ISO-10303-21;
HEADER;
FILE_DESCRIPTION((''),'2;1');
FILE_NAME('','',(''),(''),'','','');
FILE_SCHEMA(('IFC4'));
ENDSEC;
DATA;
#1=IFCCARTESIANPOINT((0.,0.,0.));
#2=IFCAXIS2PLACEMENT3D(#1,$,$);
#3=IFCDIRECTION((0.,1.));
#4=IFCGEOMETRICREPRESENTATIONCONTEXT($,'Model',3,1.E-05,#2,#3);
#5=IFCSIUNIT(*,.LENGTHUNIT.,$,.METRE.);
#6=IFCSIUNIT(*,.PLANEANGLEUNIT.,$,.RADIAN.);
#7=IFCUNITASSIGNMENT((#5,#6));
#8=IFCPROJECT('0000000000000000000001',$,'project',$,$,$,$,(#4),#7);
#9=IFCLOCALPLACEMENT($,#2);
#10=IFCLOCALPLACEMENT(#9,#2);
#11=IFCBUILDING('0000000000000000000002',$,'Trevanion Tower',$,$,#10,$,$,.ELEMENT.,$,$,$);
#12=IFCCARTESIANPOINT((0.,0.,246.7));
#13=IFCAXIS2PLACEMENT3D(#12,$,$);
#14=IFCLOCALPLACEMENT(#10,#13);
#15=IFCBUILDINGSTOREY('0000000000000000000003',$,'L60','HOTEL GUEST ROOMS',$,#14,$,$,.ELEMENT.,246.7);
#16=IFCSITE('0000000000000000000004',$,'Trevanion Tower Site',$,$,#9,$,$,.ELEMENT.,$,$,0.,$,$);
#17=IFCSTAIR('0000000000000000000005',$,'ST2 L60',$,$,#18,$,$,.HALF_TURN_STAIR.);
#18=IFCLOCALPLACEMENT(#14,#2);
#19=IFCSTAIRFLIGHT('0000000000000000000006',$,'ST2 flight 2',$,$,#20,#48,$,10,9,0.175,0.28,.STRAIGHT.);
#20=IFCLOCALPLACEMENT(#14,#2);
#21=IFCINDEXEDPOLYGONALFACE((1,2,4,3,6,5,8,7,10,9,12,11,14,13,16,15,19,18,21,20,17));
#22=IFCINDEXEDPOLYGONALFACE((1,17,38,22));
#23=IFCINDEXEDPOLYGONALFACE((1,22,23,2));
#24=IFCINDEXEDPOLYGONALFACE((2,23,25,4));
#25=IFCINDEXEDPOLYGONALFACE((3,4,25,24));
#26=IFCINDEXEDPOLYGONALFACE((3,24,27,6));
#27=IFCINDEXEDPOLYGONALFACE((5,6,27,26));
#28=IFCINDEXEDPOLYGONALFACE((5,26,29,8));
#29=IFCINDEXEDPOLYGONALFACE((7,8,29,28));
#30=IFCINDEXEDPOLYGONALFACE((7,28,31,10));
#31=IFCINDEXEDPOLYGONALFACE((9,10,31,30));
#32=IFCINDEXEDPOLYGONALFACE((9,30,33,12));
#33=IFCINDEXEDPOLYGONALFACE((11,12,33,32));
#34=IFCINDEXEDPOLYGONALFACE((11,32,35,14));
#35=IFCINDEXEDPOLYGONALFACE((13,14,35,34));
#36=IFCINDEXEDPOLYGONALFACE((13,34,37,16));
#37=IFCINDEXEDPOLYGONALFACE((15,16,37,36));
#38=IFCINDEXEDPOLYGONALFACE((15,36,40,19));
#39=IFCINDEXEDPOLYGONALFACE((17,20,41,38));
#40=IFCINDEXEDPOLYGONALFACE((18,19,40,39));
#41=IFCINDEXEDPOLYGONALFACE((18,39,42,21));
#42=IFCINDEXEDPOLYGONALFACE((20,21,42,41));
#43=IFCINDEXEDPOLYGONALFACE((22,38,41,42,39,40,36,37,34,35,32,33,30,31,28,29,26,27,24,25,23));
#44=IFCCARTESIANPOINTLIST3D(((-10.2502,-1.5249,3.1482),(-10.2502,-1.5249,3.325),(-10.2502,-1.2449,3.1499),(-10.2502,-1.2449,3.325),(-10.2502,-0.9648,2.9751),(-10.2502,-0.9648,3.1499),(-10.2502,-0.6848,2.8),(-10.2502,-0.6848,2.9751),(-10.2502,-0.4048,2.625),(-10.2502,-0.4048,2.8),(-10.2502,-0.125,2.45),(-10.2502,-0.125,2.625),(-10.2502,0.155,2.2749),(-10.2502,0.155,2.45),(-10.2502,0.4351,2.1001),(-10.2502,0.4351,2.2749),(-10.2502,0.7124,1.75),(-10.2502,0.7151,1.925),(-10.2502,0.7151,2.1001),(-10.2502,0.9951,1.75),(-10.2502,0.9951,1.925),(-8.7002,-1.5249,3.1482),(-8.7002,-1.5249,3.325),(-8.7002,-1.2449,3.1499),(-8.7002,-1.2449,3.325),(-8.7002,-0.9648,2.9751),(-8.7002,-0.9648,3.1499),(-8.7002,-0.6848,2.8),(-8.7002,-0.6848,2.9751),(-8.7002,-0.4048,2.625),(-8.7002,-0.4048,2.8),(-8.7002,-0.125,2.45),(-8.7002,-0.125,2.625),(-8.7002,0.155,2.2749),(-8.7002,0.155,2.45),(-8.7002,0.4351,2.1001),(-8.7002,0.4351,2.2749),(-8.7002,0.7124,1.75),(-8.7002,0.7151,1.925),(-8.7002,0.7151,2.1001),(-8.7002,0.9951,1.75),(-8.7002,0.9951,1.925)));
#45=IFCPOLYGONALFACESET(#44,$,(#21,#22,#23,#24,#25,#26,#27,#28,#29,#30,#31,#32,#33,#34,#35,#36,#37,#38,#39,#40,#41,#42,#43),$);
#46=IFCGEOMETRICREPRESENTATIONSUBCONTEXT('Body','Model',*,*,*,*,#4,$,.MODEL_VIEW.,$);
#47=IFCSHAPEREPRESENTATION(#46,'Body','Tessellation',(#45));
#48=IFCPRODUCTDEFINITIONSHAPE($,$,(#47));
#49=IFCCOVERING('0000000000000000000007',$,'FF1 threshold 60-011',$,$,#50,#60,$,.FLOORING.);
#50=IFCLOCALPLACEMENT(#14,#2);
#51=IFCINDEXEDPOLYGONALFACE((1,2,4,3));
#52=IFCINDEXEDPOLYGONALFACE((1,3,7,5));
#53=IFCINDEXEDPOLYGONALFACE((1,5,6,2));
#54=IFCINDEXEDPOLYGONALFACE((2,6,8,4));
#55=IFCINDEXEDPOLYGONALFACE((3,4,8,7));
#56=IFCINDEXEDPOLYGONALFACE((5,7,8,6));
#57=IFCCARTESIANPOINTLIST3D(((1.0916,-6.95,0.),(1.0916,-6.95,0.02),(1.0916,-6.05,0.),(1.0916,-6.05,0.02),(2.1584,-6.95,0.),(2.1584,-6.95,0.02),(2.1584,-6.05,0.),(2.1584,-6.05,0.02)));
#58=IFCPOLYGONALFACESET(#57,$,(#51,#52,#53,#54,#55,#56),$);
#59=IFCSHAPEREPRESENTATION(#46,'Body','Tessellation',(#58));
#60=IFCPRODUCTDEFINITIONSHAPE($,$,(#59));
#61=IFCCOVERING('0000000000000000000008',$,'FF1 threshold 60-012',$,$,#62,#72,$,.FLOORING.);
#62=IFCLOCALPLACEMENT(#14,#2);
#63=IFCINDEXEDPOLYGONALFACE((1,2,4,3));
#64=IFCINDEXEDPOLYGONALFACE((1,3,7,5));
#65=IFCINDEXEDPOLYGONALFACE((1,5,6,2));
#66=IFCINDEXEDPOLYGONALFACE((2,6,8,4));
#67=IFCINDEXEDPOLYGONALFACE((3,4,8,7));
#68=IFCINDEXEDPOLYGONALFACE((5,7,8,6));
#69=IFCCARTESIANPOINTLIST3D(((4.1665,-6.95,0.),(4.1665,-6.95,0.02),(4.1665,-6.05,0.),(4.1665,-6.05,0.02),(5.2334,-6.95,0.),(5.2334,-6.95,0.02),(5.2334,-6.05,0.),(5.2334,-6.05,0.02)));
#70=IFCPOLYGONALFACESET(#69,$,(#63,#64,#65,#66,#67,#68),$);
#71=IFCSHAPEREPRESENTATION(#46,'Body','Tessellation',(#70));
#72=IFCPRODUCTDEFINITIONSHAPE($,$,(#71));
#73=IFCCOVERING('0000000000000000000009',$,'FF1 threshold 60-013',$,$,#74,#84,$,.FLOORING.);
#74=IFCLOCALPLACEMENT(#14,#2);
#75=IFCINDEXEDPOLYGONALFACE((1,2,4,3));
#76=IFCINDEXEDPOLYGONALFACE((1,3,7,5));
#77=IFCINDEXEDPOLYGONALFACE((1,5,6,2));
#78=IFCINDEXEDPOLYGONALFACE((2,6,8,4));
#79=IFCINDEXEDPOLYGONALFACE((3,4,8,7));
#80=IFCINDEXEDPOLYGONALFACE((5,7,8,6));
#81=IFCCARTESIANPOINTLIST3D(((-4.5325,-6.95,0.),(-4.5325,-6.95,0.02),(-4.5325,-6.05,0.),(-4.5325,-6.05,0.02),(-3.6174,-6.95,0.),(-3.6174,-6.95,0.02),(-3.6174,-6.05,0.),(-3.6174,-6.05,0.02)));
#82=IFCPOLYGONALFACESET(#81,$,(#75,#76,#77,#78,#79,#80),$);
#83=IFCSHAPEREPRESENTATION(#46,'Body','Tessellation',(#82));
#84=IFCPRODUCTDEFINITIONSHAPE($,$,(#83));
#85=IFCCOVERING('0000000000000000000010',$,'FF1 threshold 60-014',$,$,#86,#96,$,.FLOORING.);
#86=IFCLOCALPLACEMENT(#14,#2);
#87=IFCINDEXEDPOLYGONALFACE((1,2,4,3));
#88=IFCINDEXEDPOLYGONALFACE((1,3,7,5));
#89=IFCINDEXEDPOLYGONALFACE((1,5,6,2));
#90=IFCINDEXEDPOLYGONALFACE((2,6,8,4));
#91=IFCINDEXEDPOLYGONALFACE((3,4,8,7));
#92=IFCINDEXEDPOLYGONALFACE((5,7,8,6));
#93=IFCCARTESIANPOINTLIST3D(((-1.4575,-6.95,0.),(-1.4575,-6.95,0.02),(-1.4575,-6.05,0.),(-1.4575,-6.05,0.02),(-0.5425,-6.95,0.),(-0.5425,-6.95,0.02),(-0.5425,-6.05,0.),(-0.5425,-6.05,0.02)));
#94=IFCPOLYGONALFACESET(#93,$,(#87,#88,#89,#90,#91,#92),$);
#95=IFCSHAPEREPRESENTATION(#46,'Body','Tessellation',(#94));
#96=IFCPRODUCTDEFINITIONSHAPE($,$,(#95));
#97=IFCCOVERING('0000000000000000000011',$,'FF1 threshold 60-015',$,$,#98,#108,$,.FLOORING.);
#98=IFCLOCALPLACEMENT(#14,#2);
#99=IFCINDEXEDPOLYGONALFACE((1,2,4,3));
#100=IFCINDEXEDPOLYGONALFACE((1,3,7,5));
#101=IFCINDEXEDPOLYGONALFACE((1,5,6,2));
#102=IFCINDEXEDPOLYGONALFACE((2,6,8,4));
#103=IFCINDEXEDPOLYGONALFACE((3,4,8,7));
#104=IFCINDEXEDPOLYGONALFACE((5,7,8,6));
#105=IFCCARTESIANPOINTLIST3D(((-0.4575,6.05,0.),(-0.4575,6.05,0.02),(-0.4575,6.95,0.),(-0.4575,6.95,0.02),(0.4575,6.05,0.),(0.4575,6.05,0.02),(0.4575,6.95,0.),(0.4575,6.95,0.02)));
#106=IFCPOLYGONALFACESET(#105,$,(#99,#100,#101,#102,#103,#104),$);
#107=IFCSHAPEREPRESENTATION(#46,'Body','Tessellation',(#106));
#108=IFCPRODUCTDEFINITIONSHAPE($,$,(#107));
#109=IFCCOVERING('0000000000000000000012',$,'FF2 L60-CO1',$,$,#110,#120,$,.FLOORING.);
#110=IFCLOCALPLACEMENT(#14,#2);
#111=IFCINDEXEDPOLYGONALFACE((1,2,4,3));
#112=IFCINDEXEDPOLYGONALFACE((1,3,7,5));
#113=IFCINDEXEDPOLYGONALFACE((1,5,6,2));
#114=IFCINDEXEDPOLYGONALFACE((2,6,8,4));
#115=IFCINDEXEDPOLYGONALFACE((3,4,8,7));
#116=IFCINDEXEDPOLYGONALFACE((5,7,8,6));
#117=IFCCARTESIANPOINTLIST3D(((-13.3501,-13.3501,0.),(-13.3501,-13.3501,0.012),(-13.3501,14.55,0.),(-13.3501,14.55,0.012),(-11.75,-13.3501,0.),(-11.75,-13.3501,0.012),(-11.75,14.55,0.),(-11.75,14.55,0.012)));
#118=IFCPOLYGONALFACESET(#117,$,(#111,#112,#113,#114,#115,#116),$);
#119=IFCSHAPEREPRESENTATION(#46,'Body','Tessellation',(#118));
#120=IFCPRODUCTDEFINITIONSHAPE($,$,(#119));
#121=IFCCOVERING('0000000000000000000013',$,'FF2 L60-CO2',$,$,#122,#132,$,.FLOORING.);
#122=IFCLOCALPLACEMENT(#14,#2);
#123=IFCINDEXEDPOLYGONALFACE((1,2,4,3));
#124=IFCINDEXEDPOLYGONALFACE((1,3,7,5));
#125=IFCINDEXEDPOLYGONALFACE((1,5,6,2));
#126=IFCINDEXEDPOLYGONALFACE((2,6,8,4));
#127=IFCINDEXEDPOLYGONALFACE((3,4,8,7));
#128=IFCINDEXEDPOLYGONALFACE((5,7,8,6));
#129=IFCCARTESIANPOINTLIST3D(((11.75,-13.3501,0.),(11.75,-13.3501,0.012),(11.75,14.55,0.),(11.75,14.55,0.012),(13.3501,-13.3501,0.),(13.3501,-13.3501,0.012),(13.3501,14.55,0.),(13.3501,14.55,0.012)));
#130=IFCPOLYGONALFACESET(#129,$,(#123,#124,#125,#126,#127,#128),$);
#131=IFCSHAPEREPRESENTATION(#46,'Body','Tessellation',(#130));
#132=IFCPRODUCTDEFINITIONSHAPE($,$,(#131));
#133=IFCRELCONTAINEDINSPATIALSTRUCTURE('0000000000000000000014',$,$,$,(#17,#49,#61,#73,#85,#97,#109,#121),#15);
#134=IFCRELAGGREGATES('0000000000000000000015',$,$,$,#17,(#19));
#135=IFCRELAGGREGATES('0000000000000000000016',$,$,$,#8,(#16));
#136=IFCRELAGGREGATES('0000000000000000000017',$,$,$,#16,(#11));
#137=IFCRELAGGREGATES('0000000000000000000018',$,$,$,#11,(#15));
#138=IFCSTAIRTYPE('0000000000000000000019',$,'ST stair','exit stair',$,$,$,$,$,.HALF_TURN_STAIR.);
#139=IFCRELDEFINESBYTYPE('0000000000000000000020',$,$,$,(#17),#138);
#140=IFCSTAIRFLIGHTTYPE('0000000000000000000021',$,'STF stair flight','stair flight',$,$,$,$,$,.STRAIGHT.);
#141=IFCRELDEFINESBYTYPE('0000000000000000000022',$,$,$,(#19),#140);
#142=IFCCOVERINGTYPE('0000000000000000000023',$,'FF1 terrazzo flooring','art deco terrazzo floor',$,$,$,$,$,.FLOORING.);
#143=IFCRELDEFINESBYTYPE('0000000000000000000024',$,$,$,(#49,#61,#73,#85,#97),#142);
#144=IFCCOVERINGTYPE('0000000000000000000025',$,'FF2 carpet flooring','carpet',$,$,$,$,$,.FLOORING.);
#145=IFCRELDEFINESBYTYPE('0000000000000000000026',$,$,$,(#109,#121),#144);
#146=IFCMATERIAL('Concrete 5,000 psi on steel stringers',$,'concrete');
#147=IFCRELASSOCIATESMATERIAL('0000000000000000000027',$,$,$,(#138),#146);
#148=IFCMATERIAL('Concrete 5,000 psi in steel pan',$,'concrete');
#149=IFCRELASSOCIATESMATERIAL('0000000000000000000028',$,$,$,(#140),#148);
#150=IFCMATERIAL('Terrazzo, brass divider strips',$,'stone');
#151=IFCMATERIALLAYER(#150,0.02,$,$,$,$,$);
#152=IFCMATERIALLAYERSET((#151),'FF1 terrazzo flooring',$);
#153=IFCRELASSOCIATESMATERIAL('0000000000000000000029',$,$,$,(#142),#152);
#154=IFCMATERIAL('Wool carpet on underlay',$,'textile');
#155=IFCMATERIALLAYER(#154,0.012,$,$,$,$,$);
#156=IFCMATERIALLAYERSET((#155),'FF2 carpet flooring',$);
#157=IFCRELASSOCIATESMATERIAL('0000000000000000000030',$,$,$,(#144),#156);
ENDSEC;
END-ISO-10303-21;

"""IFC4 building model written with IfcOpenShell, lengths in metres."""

from ifc_helpers import new_model, si_unit, direction, frame, origin, place, context, subcontext, project, spatial, polyline, outline, extrude, material, layer, layer_set, type_object, element, aggregate, save


model = new_model("IFC4")

# Units and contexts
model_context = context("Model", 3, precision=1e-05, world=origin(), true_north=direction((0.0, 1.0)))
body_context = subcontext(model_context, "Body", "Model", "MODEL_VIEW")
ifc_project = project(units=[si_unit("LENGTHUNIT", "METRE"), si_unit("PLANEANGLEUNIT", "RADIAN")], contexts=[model_context])

# Site, building, storey
site_placement = place(None, origin())
site = spatial("IfcSite", under=ifc_project, at=site_placement, Name="Trevanion Tower Site", CompositionType="ELEMENT", RefElevation=0.0)
building_placement = place(site_placement, origin())
building = spatial("IfcBuilding", under=site, at=building_placement, Name="Trevanion Tower", CompositionType="ELEMENT")
storey_placement = place(building_placement, frame((0.0, 0.0, 246.7)))
storey = spatial("IfcBuildingStorey", under=building, at=storey_placement, Name="L60", Description="HOTEL GUEST ROOMS", CompositionType="ELEMENT", Elevation=246.7)

# Stair
ifc_material_1 = material(Name="Concrete 5,000 psi on steel stringers", Category="concrete")
stair_type = type_object("IfcStairType", Name="ST stair", Description="exit stair", PredefinedType="HALF_TURN_STAIR", material=ifc_material_1)
stair_1_placement = place(storey_placement, origin())
stair_1 = element("IfcStair", 1, at=stair_1_placement, inside=storey, type_object=stair_type, Name="ST2 L60", PredefinedType="HALF_TURN_STAIR")

# Stair flight
ifc_material_2 = material(Name="Concrete 5,000 psi in steel pan", Category="concrete")
stair_flight_type = type_object("IfcStairFlightType", Name="STF stair flight", Description="stair flight", PredefinedType="STRAIGHT", material=ifc_material_2)
stair_flight_placement = place(storey_placement, frame((-9.4751, 0.9951, 1.75), z_axis=(0.0, 0.0, 1.0), x_axis=(0.0, -1.0, 0.0)))
stair_flight = element("IfcStairFlight", 2, at=stair_flight_placement, type_object=stair_flight_type, Name="ST2 flight 2", NumberOfRisers=10, NumberOfTreads=9, PredefinedType="STRAIGHT", RiserHeight=0.175, TreadLength=0.28, context=body_context, shape_type="SweptSolid", body=[
    extrude(outline(polyline([(0.0, 0.0), (0.0, 0.175), (0.28, 0.175), (0.28, 0.3501), (0.5601, 0.3501), (0.5601, 0.5249), (0.8401, 0.5249), (0.8401, 0.7), (1.1201, 0.7), (1.1201, 0.875), (1.3999, 0.875), (1.3999, 1.05), (1.6799, 1.05), (1.6799, 1.2251), (1.96, 1.2251), (1.96, 1.3999), (2.24, 1.3999), (2.24, 1.575), (2.52, 1.575), (2.52, 1.75), (2.52, 1.3982), (0.2827, 0.0), (0.0, 0.0)])), frame((0.0, 0.7749, 0.0), z_axis=(0.0, -1.0, 0.0), x_axis=(1.0, 0.0, 0.0)), (0.0, 0.0, 1.0), 1.55),
])
aggregate(stair_1, [stair_flight])

# Coverings
ifc_material_3 = material(Name="Terrazzo, brass divider strips", Category="stone")
ifc_layer_1 = layer(ifc_material_3, 0.02)
ifc_layer_set_1 = layer_set([ifc_layer_1], Name="FF1 terrazzo flooring")
covering_type_1 = type_object("IfcCoveringType", Name="FF1 terrazzo flooring", Description="art deco terrazzo floor", PredefinedType="FLOORING", material=ifc_layer_set_1)
covering_1_placement = place(storey_placement, origin())
element("IfcCovering", 3, at=covering_1_placement, inside=storey, type_object=covering_type_1, Name="FF1 threshold 60-011", PredefinedType="FLOORING", context=body_context, shape_type="SweptSolid", body=[
    extrude(outline(polyline([(1.0916, -6.95), (2.1584, -6.95), (2.1584, -6.05), (1.0916, -6.05), (1.0916, -6.95)])), origin(), (0.0, 0.0, 1.0), 0.02),
])
covering_2_placement = place(storey_placement, origin())
element("IfcCovering", 4, at=covering_2_placement, inside=storey, type_object=covering_type_1, Name="FF1 threshold 60-012", PredefinedType="FLOORING", context=body_context, shape_type="SweptSolid", body=[
    extrude(outline(polyline([(4.1665, -6.95), (5.2334, -6.95), (5.2334, -6.05), (4.1665, -6.05), (4.1665, -6.95)])), origin(), (0.0, 0.0, 1.0), 0.02),
])
covering_3_placement = place(storey_placement, origin())
element("IfcCovering", 5, at=covering_3_placement, inside=storey, type_object=covering_type_1, Name="FF1 threshold 60-013", PredefinedType="FLOORING", context=body_context, shape_type="SweptSolid", body=[
    extrude(outline(polyline([(-4.5325, -6.95), (-3.6174, -6.95), (-3.6174, -6.05), (-4.5325, -6.05), (-4.5325, -6.95)])), origin(), (0.0, 0.0, 1.0), 0.02),
])
covering_4_placement = place(storey_placement, origin())
element("IfcCovering", 6, at=covering_4_placement, inside=storey, type_object=covering_type_1, Name="FF1 threshold 60-014", PredefinedType="FLOORING", context=body_context, shape_type="SweptSolid", body=[
    extrude(outline(polyline([(-1.4575, -6.95), (-0.5425, -6.95), (-0.5425, -6.05), (-1.4575, -6.05), (-1.4575, -6.95)])), origin(), (0.0, 0.0, 1.0), 0.02),
])
covering_5_placement = place(storey_placement, origin())
element("IfcCovering", 7, at=covering_5_placement, inside=storey, type_object=covering_type_1, Name="FF1 threshold 60-015", PredefinedType="FLOORING", context=body_context, shape_type="SweptSolid", body=[
    extrude(outline(polyline([(0.4575, 6.95), (-0.4575, 6.95), (-0.4575, 6.05), (0.4575, 6.05), (0.4575, 6.95)])), origin(), (0.0, 0.0, 1.0), 0.02),
])
ifc_material_4 = material(Name="Wool carpet on underlay", Category="textile")
ifc_layer_2 = layer(ifc_material_4, 0.012)
ifc_layer_set_2 = layer_set([ifc_layer_2], Name="FF2 carpet flooring")
covering_type_2 = type_object("IfcCoveringType", Name="FF2 carpet flooring", Description="carpet", PredefinedType="FLOORING", material=ifc_layer_set_2)
covering_6_placement = place(storey_placement, origin())
element("IfcCovering", 8, at=covering_6_placement, inside=storey, type_object=covering_type_2, Name="FF2 L60-CO1", PredefinedType="FLOORING", context=body_context, shape_type="SweptSolid", body=[
    extrude(outline(polyline([(-11.75, 14.55), (-11.75, -13.3501), (-13.3501, -13.3501), (-13.3501, 14.55), (-11.75, 14.55)])), origin(), (0.0, 0.0, 1.0), 0.012),
])
covering_7_placement = place(storey_placement, origin())
element("IfcCovering", 9, at=covering_7_placement, inside=storey, type_object=covering_type_2, Name="FF2 L60-CO2", PredefinedType="FLOORING", context=body_context, shape_type="SweptSolid", body=[
    extrude(outline(polyline([(11.75, -13.3501), (11.75, 14.55), (13.3501, 14.55), (13.3501, -13.3501), (11.75, -13.3501)])), origin(), (0.0, 0.0, 1.0), 0.012),
])

save(model, "model.ifc")
